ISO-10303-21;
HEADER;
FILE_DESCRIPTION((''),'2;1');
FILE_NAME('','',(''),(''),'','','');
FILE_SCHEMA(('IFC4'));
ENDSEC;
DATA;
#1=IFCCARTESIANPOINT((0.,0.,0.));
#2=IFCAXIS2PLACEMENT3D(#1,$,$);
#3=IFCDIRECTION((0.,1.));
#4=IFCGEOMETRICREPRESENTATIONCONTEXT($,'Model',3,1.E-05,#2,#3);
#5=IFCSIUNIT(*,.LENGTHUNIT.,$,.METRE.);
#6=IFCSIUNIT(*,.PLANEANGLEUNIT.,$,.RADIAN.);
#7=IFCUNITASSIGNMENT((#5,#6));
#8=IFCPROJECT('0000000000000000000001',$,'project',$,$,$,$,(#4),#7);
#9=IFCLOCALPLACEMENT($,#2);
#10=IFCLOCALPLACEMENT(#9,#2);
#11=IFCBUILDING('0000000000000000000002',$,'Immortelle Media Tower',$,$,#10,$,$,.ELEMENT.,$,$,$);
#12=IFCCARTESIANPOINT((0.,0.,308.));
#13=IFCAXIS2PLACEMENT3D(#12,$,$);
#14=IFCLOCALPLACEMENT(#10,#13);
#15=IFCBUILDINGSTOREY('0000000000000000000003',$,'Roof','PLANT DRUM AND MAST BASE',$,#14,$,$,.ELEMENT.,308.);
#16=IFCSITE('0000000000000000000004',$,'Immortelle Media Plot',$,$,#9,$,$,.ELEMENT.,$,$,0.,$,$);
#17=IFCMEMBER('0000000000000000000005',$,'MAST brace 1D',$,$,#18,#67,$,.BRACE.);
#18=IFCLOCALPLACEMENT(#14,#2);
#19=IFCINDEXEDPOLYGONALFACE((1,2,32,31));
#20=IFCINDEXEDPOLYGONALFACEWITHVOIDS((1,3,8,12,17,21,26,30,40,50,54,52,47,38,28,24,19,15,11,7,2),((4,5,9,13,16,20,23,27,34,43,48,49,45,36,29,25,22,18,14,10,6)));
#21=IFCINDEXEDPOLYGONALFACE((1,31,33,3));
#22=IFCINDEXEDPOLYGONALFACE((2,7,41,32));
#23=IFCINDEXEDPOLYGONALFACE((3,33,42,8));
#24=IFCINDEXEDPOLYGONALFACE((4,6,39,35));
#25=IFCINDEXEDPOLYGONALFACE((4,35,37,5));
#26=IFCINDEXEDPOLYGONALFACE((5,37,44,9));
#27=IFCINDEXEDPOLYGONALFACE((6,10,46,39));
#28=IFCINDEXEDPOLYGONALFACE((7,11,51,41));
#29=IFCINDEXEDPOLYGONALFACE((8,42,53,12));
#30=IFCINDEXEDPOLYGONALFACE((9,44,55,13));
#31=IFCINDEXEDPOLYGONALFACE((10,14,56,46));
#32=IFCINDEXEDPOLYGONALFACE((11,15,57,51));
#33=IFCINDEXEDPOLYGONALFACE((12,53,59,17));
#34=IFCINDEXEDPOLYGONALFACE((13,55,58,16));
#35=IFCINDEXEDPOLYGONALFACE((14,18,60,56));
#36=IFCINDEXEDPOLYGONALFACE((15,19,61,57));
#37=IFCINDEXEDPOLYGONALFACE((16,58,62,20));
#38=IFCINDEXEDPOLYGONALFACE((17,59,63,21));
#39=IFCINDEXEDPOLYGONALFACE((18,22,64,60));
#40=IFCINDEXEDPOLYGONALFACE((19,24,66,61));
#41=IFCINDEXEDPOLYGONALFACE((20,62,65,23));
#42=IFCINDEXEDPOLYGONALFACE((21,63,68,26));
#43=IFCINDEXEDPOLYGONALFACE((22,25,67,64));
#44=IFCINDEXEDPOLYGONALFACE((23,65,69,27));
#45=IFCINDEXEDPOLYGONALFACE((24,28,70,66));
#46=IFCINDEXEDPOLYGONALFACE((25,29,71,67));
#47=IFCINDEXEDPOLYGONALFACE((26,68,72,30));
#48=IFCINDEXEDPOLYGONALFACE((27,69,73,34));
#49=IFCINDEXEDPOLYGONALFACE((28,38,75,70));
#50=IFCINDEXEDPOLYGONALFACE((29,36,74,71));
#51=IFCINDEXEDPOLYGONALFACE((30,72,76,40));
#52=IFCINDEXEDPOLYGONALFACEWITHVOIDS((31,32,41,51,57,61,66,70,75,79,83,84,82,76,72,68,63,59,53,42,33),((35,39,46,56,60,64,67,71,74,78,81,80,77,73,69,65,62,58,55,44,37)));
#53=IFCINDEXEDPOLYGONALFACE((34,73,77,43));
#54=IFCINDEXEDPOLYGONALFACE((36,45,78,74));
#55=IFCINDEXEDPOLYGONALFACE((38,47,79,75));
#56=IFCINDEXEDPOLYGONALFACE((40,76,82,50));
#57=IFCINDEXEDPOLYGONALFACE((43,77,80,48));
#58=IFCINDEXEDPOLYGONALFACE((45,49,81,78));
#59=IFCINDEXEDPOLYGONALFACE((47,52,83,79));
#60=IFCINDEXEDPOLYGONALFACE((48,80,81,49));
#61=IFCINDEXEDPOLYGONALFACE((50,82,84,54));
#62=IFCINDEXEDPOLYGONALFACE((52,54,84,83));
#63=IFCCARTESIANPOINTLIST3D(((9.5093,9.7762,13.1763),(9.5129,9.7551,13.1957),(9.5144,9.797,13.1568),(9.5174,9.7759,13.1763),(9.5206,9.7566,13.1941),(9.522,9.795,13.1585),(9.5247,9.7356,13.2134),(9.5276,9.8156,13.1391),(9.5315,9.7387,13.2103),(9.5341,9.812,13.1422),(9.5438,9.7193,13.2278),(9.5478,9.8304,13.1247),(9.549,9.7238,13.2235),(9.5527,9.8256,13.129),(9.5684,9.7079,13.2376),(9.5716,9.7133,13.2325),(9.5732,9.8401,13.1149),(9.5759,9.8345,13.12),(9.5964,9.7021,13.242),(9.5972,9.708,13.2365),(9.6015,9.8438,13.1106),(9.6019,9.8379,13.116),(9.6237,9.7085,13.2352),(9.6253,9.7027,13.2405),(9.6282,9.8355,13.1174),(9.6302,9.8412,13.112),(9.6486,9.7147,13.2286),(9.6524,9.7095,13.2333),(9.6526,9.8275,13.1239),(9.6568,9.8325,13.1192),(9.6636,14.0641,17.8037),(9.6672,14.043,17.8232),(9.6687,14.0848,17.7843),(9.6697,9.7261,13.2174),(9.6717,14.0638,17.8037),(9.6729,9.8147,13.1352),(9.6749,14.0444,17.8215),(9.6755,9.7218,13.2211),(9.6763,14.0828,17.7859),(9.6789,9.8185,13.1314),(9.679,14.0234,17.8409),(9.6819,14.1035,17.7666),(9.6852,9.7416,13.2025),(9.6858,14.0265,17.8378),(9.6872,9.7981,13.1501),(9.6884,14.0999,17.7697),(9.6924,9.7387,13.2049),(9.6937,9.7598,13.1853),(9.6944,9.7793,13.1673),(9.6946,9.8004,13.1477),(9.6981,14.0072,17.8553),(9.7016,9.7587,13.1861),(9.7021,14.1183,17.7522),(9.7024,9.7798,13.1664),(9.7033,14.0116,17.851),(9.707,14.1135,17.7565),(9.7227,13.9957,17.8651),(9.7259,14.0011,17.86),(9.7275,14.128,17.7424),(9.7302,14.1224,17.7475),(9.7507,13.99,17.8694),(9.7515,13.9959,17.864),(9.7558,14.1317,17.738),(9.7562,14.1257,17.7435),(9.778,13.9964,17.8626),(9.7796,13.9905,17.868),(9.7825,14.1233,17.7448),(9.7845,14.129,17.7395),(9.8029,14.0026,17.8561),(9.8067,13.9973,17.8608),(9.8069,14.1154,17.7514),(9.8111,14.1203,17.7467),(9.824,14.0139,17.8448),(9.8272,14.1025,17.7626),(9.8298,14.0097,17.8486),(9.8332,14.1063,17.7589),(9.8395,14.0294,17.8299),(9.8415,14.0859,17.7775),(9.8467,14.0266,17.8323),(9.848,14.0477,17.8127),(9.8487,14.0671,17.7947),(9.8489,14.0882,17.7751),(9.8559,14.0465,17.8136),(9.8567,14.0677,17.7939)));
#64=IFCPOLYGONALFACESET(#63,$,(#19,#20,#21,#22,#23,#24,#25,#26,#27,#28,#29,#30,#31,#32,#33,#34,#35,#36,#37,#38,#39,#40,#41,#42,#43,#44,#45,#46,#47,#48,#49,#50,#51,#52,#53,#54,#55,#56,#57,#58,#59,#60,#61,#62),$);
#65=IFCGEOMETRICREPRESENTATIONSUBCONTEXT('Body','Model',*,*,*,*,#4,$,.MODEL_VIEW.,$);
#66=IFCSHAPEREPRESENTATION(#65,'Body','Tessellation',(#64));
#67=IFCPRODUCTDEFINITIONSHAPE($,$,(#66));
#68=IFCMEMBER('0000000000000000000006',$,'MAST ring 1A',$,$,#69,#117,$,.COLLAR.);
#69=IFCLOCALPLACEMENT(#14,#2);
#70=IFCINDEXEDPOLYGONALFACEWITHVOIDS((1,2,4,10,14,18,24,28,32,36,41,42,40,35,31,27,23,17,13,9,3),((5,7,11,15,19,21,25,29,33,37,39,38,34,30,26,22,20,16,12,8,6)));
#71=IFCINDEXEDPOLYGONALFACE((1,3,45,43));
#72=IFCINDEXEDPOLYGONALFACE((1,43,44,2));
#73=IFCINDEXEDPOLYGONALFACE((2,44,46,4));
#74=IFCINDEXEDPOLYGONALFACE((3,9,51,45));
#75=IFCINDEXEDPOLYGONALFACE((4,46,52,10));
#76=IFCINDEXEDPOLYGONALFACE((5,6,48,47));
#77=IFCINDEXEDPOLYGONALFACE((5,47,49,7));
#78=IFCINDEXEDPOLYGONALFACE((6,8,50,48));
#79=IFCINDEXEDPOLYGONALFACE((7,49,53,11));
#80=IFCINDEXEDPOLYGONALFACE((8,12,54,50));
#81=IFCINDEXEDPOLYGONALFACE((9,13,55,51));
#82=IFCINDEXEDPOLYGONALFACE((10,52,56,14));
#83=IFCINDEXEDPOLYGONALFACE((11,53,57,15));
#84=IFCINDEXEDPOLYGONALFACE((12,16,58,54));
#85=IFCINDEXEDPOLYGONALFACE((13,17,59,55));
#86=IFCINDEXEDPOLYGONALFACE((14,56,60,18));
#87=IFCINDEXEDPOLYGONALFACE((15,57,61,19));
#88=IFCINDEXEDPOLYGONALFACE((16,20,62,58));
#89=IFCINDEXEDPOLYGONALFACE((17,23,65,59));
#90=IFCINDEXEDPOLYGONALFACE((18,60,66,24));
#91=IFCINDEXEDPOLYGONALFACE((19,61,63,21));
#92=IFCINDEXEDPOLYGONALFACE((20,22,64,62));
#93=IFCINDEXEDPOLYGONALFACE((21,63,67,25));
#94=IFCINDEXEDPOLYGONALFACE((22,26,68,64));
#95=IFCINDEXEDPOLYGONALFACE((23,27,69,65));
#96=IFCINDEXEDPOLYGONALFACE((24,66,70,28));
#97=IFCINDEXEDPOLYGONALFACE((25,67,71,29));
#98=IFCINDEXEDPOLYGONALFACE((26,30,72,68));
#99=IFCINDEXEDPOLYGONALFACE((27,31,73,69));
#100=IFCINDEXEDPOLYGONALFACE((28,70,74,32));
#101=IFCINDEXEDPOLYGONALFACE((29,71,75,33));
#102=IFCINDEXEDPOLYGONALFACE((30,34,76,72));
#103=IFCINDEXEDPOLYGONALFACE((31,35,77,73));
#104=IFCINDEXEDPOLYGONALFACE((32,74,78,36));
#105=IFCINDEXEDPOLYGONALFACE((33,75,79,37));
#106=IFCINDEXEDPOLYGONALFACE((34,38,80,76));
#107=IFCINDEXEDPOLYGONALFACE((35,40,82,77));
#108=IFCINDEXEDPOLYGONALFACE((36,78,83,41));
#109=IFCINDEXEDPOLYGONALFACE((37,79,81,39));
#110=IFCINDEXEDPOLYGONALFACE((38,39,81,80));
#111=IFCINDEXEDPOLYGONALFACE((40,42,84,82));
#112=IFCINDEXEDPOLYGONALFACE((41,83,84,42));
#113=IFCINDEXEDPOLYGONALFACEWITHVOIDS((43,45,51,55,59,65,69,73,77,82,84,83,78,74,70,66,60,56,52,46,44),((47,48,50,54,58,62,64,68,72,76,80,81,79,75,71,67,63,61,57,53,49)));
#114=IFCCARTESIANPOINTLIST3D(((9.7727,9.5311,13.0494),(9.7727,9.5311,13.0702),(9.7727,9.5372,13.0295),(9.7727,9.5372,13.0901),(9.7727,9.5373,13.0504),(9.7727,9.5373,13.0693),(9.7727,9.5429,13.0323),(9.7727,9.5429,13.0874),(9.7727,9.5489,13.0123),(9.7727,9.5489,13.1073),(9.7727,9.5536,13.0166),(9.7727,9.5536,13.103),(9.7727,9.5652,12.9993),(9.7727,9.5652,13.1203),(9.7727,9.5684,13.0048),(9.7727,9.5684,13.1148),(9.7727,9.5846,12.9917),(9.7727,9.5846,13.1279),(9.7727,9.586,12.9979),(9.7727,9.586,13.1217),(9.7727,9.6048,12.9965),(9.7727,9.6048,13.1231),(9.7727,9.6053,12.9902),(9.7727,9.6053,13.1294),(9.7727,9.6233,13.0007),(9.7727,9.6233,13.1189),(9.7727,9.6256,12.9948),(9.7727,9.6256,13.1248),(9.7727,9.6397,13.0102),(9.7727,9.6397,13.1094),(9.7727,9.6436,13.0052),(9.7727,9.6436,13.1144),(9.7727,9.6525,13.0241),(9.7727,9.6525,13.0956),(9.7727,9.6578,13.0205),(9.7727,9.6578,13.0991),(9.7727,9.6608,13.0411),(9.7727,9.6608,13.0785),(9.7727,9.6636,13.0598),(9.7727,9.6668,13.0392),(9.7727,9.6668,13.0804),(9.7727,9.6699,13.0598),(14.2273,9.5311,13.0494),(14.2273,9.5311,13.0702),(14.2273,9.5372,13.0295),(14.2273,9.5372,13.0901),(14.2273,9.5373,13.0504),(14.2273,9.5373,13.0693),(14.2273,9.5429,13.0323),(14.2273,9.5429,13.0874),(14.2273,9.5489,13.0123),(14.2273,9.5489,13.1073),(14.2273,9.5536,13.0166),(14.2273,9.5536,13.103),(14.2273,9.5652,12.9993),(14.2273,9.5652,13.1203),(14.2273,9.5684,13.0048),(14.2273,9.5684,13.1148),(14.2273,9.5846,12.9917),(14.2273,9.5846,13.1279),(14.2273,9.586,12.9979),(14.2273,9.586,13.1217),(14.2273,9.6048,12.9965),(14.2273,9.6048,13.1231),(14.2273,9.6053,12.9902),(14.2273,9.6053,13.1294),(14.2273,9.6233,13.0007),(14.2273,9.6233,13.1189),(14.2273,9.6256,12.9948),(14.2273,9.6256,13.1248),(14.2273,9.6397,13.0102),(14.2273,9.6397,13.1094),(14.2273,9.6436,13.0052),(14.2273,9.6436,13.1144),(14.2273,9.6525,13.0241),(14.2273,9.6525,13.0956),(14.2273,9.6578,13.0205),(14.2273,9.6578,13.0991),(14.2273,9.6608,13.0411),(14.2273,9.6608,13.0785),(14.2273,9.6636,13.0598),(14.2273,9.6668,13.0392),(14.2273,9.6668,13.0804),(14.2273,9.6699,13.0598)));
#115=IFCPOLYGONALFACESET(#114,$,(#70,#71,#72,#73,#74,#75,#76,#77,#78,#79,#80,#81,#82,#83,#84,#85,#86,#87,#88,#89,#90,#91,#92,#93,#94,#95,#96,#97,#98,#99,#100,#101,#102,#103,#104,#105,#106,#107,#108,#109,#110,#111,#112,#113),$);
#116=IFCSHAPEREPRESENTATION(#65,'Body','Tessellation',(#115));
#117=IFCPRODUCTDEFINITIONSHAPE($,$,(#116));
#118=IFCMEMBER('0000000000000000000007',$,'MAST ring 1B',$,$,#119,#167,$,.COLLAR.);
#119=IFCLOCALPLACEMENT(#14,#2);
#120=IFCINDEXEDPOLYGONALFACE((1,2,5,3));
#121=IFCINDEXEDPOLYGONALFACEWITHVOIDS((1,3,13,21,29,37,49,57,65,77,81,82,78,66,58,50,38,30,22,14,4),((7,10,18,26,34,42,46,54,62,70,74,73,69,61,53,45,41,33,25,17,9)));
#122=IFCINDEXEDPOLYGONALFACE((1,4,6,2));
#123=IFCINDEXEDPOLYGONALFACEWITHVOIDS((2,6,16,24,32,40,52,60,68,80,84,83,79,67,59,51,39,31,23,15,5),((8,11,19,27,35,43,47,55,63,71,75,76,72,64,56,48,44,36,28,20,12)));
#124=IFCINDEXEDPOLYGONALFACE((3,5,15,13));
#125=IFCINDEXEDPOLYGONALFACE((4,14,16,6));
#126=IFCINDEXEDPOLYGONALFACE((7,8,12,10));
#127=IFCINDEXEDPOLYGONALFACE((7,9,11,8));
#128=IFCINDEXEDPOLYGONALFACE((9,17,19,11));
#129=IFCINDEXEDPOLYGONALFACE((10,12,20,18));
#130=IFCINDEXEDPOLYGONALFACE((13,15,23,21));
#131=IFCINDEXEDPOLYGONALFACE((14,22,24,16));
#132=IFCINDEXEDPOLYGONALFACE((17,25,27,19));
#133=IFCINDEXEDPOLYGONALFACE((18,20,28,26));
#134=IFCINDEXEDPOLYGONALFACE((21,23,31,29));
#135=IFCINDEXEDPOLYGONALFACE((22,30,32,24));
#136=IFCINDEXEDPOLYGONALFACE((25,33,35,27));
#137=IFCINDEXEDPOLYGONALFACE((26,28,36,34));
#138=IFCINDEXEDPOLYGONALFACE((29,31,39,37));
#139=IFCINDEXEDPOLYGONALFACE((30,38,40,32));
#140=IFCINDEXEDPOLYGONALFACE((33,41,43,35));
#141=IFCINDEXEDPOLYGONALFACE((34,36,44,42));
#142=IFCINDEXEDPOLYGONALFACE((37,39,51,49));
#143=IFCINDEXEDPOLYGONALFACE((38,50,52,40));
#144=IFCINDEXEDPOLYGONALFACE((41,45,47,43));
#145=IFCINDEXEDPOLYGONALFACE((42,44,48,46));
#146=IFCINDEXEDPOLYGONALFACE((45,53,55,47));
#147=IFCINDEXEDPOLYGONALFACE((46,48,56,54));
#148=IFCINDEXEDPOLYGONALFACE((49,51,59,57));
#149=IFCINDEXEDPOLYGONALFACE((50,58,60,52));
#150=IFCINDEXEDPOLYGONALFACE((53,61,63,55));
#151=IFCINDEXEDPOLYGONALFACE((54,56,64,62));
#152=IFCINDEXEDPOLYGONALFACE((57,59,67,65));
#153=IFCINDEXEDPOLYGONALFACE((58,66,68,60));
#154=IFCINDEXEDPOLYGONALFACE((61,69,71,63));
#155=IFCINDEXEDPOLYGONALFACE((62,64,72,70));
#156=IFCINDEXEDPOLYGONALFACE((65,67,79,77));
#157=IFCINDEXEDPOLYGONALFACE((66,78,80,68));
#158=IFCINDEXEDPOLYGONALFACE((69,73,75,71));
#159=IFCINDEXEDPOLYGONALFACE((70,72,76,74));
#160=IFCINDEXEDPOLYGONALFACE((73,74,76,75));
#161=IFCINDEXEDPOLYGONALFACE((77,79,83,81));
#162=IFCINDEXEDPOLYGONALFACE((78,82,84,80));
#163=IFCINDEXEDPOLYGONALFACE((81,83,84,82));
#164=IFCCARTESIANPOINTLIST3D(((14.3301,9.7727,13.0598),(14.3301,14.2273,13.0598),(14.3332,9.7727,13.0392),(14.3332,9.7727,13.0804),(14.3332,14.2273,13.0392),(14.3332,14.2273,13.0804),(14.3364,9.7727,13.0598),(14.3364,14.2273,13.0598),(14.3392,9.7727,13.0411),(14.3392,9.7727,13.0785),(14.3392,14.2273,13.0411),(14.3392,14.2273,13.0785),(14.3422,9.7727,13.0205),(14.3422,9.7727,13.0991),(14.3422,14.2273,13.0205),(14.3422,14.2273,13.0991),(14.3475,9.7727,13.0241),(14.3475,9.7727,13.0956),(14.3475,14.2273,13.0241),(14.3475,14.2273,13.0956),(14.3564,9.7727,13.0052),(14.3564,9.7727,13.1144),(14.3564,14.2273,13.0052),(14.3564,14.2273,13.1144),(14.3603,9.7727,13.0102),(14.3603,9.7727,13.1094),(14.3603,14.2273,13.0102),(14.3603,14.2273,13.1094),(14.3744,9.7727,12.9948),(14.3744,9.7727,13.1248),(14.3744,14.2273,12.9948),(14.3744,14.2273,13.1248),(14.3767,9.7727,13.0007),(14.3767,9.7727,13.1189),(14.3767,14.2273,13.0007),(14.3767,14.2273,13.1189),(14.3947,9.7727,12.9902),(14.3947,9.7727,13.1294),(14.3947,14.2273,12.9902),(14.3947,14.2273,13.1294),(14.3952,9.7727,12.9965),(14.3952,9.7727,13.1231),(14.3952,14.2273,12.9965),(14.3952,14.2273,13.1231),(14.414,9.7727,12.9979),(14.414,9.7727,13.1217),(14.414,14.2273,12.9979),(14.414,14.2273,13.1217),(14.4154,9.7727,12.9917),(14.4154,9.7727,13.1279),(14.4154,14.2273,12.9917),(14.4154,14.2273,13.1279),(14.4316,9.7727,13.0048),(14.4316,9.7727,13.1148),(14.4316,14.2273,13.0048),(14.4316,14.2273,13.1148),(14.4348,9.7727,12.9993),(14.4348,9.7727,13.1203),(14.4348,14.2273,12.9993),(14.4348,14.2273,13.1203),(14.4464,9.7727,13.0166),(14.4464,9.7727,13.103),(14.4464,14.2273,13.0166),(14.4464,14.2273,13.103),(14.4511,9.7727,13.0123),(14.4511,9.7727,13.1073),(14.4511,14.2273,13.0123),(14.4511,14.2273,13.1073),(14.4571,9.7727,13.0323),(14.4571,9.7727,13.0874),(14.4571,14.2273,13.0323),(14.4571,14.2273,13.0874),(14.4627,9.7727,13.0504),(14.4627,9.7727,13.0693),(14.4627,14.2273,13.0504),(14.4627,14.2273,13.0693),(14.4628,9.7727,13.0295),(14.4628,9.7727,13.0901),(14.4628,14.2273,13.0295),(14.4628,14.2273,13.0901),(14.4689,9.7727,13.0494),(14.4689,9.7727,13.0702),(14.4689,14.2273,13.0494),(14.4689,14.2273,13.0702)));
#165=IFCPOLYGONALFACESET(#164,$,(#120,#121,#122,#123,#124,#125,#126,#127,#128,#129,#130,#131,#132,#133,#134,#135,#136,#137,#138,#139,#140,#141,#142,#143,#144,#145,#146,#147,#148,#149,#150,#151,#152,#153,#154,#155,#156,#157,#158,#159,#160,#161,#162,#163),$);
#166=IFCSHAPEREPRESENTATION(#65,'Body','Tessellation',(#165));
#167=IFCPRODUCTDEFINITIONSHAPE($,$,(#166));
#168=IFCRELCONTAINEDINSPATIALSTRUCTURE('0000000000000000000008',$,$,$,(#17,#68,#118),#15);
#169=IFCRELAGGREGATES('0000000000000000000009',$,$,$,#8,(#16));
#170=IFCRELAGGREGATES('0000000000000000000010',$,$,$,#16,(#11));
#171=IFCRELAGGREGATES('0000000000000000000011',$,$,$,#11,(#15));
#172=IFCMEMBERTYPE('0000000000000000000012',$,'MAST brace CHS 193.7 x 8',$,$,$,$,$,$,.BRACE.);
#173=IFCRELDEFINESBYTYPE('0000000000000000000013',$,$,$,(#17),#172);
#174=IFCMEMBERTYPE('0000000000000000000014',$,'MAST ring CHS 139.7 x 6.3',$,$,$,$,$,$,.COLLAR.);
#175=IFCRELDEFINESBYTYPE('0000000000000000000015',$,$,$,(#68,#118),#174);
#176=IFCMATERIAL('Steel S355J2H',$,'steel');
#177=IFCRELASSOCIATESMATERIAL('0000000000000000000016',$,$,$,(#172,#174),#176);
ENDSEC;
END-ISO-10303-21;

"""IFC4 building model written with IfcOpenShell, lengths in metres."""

from ifc_helpers import new_model, si_unit, direction, frame, origin, origin_2d, place, context, subcontext, project, spatial, hollow_circle, extrude, material, material_profile, profile_set, type_object, element, save


model = new_model("IFC4")

# Units and contexts
model_context = context("Model", 3, precision=1e-05, world=origin(), true_north=direction((0.0, 1.0)))
body_context = subcontext(model_context, "Body", "Model", "MODEL_VIEW")
ifc_project = project(units=[si_unit("LENGTHUNIT", "METRE"), si_unit("PLANEANGLEUNIT", "RADIAN")], contexts=[model_context])

# Site, building, storey
site_placement = place(None, origin())
site = spatial("IfcSite", under=ifc_project, at=site_placement, Name="Immortelle Media Plot", CompositionType="ELEMENT", RefElevation=0.0)
building_placement = place(site_placement, origin())
building = spatial("IfcBuilding", under=site, at=building_placement, Name="Immortelle Media Tower", CompositionType="ELEMENT")
storey_placement = place(building_placement, frame((0.0, 0.0, 308.0)))
storey = spatial("IfcBuildingStorey", under=building, at=storey_placement, Name="Roof", Description="PLANT DRUM AND MAST BASE", CompositionType="ELEMENT", Elevation=308.0)

# Members
ifc_material_1 = material(Name="Steel S355J2H", Category="steel")
ifc_material_profile_1 = material_profile(ifc_material_1, hollow_circle(Radius=0.0969, WallThickness=0.0081, at=origin_2d()), Name="CHS 193.7 x 8")
ifc_profile_set_1 = profile_set([ifc_material_profile_1], Name="Steel S355J2H")
member_type_1 = type_object("IfcMemberType", Name="MAST brace CHS 193.7 x 8", PredefinedType="BRACE", material=ifc_profile_set_1)
for number, where, z_axis, x_axis, name in (
    (1, (9.6062, 9.7727, 13.1763), (0.024451, 0.679476, 0.733291), (-0.999353, 0.035961, 0.0), "MAST brace 1D"),
):
    element("IfcMember", number, at=place(storey_placement, frame(where, z_axis=z_axis, x_axis=x_axis)), inside=storey, type_object=member_type_1, Name=name, PredefinedType="BRACE", context=body_context, shape_type="SweptSolid", body=[
        extrude(hollow_circle(Radius=0.0969, WallThickness=0.0081, at=origin_2d()), origin(), (0.0, 0.0, 1.0), 6.3105),
    ])
ifc_material_profile_2 = material_profile(ifc_material_1, hollow_circle(Radius=0.0698, WallThickness=0.0063, at=origin_2d()), Name="CHS 139.7 x 6.3")
ifc_profile_set_2 = profile_set([ifc_material_profile_2], Name="Steel S355J2H")
member_type_2 = type_object("IfcMemberType", Name="MAST ring CHS 139.7 x 6.3", PredefinedType="COLLAR", material=ifc_profile_set_2)
for number, where, z_axis, x_axis, name in (
    (2, (9.7727, 9.6001, 13.0598), (1.0, 0.0, 0.0), (0.0, 1.0, 0.0), "MAST ring 1A"),
    (3, (14.3999, 9.7727, 13.0598), (0.0, 1.0, 0.0), (-1.0, 0.0, 0.0), "MAST ring 1B"),
):
    element("IfcMember", number, at=place(storey_placement, frame(where, z_axis=z_axis, x_axis=x_axis)), inside=storey, type_object=member_type_2, Name=name, PredefinedType="COLLAR", context=body_context, shape_type="SweptSolid", body=[
        extrude(hollow_circle(Radius=0.0698, WallThickness=0.0063, at=origin_2d()), origin(), (0.0, 0.0, 1.0), 4.4546),
    ])

save(model, "model.ifc")
